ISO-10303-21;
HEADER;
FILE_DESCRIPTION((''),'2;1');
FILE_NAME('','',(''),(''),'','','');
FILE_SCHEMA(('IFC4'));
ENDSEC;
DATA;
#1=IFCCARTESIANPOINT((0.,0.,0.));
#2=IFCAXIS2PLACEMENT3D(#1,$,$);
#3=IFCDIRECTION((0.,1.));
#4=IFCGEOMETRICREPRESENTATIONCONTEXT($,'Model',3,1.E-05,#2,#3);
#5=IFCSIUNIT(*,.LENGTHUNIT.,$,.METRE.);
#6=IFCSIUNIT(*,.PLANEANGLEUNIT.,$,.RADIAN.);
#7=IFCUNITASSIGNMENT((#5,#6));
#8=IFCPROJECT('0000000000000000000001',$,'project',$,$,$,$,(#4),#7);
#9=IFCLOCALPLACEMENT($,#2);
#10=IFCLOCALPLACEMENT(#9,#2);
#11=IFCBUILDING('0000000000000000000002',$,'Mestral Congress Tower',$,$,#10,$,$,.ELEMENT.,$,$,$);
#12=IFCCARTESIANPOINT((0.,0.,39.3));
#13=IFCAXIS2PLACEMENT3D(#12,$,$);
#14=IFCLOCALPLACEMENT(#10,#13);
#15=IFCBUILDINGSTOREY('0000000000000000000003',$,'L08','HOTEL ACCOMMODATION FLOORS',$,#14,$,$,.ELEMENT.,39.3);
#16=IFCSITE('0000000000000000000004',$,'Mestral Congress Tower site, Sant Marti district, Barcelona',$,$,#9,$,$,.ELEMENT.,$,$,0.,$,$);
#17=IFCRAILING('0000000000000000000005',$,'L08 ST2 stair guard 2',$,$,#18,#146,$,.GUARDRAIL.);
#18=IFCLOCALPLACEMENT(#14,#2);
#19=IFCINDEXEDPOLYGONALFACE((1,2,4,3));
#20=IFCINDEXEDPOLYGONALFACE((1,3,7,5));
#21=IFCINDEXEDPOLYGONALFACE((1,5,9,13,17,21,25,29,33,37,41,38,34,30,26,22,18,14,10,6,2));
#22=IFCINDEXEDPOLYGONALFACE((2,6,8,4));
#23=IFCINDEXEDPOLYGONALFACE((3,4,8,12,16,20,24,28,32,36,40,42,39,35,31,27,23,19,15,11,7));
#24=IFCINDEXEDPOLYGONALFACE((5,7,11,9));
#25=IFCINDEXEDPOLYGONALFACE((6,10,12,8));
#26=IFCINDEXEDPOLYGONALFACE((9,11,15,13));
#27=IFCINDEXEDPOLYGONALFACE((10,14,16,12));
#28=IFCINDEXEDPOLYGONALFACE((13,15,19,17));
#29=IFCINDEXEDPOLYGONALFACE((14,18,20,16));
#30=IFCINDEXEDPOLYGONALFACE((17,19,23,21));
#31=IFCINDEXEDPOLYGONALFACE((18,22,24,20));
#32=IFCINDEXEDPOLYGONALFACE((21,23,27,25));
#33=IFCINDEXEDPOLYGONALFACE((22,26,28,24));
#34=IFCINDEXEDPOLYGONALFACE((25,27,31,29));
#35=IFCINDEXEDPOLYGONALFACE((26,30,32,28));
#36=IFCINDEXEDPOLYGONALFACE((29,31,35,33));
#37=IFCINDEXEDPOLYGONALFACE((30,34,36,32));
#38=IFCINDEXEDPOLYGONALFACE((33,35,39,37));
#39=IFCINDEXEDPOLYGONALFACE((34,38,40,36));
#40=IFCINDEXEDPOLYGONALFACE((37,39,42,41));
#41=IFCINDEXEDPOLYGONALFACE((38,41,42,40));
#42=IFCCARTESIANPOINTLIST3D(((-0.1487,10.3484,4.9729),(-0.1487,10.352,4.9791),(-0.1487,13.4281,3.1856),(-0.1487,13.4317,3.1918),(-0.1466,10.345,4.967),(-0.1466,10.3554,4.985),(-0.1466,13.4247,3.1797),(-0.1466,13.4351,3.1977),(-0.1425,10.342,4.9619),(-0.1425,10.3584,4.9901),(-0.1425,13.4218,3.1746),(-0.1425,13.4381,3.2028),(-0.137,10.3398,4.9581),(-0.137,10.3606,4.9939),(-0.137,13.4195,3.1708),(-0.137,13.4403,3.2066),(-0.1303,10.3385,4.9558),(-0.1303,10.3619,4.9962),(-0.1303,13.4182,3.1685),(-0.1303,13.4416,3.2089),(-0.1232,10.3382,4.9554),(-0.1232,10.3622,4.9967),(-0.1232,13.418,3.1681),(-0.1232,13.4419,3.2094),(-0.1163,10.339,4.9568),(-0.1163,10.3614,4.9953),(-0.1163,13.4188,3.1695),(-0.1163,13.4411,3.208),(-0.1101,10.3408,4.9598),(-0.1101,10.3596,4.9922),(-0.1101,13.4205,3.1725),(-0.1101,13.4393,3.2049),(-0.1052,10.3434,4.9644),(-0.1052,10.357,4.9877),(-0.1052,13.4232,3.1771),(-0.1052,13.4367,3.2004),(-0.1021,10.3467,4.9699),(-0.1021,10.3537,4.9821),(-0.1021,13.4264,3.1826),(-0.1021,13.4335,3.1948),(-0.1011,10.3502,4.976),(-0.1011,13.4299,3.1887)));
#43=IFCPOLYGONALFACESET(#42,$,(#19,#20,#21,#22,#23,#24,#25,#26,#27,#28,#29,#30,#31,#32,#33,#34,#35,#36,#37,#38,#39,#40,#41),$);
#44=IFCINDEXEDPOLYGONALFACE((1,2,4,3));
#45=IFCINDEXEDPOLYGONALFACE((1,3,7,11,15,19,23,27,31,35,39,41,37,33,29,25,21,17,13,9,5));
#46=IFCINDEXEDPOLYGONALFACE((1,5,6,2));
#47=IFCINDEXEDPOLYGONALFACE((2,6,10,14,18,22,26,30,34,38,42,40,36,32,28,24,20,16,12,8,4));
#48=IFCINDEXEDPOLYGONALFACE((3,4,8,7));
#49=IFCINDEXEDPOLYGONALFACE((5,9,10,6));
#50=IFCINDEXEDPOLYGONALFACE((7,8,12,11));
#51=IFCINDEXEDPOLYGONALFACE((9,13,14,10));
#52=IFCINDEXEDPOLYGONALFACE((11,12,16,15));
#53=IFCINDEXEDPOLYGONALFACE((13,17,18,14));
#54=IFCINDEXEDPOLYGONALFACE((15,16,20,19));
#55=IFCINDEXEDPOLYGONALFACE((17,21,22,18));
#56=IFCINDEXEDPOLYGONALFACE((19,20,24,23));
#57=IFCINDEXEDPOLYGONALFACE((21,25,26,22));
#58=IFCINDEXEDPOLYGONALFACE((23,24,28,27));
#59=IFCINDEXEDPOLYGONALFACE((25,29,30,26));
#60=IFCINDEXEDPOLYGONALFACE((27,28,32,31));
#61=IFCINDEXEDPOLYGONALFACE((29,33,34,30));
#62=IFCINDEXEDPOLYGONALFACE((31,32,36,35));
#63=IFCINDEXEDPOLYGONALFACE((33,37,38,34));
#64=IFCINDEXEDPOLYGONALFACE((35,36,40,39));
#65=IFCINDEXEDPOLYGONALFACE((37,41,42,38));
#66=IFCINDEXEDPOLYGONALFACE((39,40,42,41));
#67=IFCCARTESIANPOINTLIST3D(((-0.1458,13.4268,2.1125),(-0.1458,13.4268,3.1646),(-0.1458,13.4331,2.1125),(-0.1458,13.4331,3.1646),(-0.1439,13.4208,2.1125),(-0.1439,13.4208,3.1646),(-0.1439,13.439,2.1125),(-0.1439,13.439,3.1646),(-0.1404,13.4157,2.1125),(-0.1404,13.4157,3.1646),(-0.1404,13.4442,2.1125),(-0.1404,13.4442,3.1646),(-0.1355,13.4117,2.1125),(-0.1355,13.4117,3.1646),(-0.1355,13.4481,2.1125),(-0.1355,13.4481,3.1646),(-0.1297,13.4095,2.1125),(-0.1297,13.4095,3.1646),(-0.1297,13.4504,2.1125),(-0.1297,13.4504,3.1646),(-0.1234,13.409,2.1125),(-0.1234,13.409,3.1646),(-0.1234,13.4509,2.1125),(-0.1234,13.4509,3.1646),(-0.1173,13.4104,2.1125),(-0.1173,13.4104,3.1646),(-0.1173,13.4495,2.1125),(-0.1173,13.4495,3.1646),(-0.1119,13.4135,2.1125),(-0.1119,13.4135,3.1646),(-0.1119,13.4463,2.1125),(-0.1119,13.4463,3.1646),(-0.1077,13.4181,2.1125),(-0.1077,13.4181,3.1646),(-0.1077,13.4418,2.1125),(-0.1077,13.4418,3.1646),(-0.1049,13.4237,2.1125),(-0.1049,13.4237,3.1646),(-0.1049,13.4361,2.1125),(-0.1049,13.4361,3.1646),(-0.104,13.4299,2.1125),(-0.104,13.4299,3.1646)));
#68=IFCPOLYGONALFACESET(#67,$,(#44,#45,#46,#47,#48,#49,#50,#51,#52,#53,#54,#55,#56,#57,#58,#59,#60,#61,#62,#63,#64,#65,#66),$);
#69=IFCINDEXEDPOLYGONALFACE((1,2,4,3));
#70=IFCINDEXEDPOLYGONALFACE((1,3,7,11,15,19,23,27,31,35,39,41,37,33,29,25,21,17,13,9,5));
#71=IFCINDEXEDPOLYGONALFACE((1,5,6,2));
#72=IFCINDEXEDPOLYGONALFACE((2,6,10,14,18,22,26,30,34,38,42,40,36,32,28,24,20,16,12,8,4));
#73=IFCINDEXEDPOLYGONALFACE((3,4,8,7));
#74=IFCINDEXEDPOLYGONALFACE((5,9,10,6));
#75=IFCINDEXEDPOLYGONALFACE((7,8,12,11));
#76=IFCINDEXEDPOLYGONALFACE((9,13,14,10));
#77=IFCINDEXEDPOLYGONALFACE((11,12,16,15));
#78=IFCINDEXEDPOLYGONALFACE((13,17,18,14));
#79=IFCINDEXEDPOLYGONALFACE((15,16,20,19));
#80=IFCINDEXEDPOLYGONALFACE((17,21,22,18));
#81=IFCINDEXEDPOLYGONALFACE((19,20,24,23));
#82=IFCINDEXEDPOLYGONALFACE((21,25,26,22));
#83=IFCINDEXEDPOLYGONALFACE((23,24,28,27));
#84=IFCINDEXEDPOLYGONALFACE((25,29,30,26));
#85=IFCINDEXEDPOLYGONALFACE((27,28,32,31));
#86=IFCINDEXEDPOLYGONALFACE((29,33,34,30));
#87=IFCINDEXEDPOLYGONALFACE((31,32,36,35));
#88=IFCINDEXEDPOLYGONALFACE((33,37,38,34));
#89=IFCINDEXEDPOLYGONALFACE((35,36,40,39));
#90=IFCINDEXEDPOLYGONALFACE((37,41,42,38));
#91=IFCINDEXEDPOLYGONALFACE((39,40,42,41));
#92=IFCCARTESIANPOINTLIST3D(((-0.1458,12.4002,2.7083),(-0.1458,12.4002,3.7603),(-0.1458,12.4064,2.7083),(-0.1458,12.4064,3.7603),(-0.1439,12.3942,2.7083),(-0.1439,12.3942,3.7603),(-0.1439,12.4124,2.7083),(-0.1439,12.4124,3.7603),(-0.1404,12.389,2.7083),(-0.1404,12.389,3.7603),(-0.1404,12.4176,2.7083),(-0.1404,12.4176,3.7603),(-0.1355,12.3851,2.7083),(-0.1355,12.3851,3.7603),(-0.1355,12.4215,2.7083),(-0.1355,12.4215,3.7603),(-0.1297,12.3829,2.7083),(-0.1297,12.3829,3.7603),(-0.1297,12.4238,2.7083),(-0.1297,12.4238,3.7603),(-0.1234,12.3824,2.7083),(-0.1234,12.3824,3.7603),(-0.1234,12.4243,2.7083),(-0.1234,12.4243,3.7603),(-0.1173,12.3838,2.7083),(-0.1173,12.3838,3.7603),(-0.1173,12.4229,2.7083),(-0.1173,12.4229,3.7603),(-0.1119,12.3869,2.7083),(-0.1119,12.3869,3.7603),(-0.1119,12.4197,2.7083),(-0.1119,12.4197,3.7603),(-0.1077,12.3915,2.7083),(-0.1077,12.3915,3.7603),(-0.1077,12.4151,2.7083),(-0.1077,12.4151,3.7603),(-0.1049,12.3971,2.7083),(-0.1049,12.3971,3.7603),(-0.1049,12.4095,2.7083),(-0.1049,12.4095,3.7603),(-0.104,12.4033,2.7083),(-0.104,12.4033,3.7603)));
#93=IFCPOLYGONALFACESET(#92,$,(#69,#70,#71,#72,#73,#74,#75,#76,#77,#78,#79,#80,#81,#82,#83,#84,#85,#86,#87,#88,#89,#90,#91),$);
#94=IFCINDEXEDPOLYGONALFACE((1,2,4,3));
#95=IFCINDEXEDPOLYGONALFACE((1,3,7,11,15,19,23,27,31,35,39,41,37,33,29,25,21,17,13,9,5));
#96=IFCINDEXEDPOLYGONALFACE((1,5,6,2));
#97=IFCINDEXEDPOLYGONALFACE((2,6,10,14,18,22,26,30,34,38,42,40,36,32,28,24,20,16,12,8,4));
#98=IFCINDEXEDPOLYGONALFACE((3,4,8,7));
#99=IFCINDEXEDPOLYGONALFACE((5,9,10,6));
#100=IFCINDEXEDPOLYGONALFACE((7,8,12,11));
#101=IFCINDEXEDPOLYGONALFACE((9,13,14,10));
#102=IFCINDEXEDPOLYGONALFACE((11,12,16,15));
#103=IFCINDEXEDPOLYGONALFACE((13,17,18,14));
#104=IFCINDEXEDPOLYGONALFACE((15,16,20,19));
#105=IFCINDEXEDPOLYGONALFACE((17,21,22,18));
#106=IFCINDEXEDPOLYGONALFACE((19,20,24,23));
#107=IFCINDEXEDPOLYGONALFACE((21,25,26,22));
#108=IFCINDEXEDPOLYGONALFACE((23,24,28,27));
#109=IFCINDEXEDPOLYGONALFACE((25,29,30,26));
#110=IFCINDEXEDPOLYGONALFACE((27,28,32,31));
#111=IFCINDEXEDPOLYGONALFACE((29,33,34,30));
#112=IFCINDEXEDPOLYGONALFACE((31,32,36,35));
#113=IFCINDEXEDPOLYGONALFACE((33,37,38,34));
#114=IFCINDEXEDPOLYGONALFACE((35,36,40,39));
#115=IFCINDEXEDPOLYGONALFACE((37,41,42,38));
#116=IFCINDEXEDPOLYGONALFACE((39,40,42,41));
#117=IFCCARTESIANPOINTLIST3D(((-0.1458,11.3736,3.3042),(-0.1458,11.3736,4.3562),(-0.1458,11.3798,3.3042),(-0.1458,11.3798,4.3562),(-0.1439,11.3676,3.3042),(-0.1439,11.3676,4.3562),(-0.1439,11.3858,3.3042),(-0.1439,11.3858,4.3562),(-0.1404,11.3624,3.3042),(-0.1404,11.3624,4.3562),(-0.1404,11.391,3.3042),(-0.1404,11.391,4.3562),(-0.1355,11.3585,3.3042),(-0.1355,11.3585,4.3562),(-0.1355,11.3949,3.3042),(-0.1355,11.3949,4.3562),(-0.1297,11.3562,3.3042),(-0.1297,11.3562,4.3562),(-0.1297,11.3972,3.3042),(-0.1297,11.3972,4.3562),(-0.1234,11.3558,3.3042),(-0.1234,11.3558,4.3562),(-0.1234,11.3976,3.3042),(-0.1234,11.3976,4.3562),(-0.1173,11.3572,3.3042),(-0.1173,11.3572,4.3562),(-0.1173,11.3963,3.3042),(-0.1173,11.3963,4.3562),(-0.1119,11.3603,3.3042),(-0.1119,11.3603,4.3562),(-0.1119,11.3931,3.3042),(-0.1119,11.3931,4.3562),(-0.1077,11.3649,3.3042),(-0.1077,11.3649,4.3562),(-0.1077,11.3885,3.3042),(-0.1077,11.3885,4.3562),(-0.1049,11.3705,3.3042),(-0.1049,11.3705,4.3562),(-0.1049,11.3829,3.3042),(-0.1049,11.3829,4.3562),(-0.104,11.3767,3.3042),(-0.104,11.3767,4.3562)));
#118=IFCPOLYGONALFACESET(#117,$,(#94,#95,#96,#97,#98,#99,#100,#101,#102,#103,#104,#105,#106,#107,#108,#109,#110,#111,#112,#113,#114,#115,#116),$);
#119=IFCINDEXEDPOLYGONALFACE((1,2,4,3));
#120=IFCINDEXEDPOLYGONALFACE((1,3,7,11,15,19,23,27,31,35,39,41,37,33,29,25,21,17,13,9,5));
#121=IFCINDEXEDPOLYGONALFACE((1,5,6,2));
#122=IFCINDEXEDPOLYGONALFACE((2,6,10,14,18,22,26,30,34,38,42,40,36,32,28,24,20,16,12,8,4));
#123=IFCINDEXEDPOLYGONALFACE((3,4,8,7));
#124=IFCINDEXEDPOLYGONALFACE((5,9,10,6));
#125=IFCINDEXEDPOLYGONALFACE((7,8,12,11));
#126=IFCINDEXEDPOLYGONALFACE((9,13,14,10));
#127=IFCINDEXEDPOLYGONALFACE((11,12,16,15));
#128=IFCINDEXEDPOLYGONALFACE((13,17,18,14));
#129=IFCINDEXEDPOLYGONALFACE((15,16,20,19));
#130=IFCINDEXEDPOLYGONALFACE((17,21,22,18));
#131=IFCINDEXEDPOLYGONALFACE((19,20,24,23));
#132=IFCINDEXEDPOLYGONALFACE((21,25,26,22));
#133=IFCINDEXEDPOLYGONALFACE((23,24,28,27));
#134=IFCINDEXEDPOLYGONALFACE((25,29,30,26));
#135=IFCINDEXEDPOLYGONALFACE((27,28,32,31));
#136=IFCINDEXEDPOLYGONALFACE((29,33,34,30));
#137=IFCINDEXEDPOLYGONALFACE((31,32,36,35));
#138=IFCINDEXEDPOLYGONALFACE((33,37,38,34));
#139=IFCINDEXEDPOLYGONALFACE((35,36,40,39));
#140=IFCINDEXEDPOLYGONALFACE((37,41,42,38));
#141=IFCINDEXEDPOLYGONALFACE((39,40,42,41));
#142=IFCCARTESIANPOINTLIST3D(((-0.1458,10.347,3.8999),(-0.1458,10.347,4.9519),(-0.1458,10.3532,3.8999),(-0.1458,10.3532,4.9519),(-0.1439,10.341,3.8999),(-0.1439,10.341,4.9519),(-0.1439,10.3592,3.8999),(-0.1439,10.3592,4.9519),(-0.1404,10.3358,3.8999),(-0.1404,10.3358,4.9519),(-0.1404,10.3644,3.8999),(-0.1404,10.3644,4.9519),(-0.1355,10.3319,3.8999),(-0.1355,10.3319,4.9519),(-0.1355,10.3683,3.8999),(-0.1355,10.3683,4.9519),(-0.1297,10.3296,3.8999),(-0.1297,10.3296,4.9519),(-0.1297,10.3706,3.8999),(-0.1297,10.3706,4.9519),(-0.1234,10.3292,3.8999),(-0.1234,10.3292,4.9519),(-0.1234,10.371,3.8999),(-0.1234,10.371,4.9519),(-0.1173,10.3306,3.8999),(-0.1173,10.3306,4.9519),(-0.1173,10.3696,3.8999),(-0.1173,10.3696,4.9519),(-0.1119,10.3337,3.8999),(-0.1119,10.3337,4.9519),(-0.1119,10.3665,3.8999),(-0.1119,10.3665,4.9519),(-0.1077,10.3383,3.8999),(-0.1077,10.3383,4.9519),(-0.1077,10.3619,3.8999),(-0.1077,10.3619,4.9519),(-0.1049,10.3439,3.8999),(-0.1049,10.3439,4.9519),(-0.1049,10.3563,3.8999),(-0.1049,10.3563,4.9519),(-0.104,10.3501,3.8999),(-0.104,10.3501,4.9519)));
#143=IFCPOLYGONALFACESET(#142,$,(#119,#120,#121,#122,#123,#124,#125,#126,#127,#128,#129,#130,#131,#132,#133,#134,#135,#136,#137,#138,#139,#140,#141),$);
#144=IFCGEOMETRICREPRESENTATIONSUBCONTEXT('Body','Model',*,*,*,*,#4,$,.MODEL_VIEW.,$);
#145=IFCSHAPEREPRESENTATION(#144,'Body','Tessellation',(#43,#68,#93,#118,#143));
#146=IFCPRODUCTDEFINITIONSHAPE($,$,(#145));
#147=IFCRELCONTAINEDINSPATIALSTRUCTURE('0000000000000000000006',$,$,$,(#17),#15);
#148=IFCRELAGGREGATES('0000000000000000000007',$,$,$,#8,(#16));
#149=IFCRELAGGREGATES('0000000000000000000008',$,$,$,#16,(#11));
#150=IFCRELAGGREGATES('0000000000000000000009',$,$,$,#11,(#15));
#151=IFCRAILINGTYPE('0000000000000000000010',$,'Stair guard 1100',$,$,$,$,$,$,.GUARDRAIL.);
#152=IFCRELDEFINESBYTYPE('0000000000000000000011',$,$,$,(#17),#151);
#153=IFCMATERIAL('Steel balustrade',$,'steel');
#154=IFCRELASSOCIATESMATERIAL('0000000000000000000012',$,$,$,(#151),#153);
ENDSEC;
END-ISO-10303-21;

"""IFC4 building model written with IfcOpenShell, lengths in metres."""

from ifc_helpers import new_model, si_unit, direction, frame, origin, origin_2d, place, context, subcontext, project, spatial, circle, extrude, material, type_object, element, save


model = new_model("IFC4")

# Units and contexts
model_context = context("Model", 3, precision=1e-05, world=origin(), true_north=direction((0.0, 1.0)))
body_context = subcontext(model_context, "Body", "Model", "MODEL_VIEW")
ifc_project = project(units=[si_unit("LENGTHUNIT", "METRE"), si_unit("PLANEANGLEUNIT", "RADIAN")], contexts=[model_context])

# Site, building, storey
site_placement = place(None, origin())
site = spatial("IfcSite", under=ifc_project, at=site_placement, Name="Mestral Congress Tower site, Sant Marti district, Barcelona", CompositionType="ELEMENT", RefElevation=0.0)
building_placement = place(site_placement, origin())
building = spatial("IfcBuilding", under=site, at=building_placement, Name="Mestral Congress Tower", CompositionType="ELEMENT")
storey_placement = place(building_placement, frame((0.0, 0.0, 39.3)))
storey = spatial("IfcBuildingStorey", under=building, at=storey_placement, Name="L08", Description="HOTEL ACCOMMODATION FLOORS", CompositionType="ELEMENT", Elevation=39.3)

# Railing
ifc_material_1 = material(Name="Steel balustrade", Category="steel")
railing_type = type_object("IfcRailingType", Name="Stair guard 1100", PredefinedType="GUARDRAIL", material=ifc_material_1)
railing_placement = place(storey_placement, frame((-0.125, 13.4299, 2.1125)))
element("IfcRailing", 1, at=railing_placement, inside=storey, type_object=railing_type, Name="L08 ST2 stair guard 2", PredefinedType="GUARDRAIL", context=body_context, shape_type="SweptSolid", body=[
    extrude(circle(Radius=0.0239, at=origin_2d()), frame((0.0, 0.0, 1.0762), z_axis=(0.0, -0.864903, 0.501939), x_axis=(1.0, 0.0, 0.0)), (0.0, 0.0, 1.0), 3.5608),
    extrude(circle(Radius=0.021, at=origin_2d()), origin(), (0.0, 0.0, 1.0), 1.052),
    extrude(circle(Radius=0.021, at=origin_2d()), frame((0.0, -1.0266, 0.5957)), (0.0, 0.0, 1.0), 1.052),
    extrude(circle(Radius=0.021, at=origin_2d()), frame((0.0, -2.0532, 1.1917)), (0.0, 0.0, 1.0), 1.052),
    extrude(circle(Radius=0.021, at=origin_2d()), frame((0.0, -3.0798, 1.7874)), (0.0, 0.0, 1.0), 1.052),
])

save(model, "model.ifc")
